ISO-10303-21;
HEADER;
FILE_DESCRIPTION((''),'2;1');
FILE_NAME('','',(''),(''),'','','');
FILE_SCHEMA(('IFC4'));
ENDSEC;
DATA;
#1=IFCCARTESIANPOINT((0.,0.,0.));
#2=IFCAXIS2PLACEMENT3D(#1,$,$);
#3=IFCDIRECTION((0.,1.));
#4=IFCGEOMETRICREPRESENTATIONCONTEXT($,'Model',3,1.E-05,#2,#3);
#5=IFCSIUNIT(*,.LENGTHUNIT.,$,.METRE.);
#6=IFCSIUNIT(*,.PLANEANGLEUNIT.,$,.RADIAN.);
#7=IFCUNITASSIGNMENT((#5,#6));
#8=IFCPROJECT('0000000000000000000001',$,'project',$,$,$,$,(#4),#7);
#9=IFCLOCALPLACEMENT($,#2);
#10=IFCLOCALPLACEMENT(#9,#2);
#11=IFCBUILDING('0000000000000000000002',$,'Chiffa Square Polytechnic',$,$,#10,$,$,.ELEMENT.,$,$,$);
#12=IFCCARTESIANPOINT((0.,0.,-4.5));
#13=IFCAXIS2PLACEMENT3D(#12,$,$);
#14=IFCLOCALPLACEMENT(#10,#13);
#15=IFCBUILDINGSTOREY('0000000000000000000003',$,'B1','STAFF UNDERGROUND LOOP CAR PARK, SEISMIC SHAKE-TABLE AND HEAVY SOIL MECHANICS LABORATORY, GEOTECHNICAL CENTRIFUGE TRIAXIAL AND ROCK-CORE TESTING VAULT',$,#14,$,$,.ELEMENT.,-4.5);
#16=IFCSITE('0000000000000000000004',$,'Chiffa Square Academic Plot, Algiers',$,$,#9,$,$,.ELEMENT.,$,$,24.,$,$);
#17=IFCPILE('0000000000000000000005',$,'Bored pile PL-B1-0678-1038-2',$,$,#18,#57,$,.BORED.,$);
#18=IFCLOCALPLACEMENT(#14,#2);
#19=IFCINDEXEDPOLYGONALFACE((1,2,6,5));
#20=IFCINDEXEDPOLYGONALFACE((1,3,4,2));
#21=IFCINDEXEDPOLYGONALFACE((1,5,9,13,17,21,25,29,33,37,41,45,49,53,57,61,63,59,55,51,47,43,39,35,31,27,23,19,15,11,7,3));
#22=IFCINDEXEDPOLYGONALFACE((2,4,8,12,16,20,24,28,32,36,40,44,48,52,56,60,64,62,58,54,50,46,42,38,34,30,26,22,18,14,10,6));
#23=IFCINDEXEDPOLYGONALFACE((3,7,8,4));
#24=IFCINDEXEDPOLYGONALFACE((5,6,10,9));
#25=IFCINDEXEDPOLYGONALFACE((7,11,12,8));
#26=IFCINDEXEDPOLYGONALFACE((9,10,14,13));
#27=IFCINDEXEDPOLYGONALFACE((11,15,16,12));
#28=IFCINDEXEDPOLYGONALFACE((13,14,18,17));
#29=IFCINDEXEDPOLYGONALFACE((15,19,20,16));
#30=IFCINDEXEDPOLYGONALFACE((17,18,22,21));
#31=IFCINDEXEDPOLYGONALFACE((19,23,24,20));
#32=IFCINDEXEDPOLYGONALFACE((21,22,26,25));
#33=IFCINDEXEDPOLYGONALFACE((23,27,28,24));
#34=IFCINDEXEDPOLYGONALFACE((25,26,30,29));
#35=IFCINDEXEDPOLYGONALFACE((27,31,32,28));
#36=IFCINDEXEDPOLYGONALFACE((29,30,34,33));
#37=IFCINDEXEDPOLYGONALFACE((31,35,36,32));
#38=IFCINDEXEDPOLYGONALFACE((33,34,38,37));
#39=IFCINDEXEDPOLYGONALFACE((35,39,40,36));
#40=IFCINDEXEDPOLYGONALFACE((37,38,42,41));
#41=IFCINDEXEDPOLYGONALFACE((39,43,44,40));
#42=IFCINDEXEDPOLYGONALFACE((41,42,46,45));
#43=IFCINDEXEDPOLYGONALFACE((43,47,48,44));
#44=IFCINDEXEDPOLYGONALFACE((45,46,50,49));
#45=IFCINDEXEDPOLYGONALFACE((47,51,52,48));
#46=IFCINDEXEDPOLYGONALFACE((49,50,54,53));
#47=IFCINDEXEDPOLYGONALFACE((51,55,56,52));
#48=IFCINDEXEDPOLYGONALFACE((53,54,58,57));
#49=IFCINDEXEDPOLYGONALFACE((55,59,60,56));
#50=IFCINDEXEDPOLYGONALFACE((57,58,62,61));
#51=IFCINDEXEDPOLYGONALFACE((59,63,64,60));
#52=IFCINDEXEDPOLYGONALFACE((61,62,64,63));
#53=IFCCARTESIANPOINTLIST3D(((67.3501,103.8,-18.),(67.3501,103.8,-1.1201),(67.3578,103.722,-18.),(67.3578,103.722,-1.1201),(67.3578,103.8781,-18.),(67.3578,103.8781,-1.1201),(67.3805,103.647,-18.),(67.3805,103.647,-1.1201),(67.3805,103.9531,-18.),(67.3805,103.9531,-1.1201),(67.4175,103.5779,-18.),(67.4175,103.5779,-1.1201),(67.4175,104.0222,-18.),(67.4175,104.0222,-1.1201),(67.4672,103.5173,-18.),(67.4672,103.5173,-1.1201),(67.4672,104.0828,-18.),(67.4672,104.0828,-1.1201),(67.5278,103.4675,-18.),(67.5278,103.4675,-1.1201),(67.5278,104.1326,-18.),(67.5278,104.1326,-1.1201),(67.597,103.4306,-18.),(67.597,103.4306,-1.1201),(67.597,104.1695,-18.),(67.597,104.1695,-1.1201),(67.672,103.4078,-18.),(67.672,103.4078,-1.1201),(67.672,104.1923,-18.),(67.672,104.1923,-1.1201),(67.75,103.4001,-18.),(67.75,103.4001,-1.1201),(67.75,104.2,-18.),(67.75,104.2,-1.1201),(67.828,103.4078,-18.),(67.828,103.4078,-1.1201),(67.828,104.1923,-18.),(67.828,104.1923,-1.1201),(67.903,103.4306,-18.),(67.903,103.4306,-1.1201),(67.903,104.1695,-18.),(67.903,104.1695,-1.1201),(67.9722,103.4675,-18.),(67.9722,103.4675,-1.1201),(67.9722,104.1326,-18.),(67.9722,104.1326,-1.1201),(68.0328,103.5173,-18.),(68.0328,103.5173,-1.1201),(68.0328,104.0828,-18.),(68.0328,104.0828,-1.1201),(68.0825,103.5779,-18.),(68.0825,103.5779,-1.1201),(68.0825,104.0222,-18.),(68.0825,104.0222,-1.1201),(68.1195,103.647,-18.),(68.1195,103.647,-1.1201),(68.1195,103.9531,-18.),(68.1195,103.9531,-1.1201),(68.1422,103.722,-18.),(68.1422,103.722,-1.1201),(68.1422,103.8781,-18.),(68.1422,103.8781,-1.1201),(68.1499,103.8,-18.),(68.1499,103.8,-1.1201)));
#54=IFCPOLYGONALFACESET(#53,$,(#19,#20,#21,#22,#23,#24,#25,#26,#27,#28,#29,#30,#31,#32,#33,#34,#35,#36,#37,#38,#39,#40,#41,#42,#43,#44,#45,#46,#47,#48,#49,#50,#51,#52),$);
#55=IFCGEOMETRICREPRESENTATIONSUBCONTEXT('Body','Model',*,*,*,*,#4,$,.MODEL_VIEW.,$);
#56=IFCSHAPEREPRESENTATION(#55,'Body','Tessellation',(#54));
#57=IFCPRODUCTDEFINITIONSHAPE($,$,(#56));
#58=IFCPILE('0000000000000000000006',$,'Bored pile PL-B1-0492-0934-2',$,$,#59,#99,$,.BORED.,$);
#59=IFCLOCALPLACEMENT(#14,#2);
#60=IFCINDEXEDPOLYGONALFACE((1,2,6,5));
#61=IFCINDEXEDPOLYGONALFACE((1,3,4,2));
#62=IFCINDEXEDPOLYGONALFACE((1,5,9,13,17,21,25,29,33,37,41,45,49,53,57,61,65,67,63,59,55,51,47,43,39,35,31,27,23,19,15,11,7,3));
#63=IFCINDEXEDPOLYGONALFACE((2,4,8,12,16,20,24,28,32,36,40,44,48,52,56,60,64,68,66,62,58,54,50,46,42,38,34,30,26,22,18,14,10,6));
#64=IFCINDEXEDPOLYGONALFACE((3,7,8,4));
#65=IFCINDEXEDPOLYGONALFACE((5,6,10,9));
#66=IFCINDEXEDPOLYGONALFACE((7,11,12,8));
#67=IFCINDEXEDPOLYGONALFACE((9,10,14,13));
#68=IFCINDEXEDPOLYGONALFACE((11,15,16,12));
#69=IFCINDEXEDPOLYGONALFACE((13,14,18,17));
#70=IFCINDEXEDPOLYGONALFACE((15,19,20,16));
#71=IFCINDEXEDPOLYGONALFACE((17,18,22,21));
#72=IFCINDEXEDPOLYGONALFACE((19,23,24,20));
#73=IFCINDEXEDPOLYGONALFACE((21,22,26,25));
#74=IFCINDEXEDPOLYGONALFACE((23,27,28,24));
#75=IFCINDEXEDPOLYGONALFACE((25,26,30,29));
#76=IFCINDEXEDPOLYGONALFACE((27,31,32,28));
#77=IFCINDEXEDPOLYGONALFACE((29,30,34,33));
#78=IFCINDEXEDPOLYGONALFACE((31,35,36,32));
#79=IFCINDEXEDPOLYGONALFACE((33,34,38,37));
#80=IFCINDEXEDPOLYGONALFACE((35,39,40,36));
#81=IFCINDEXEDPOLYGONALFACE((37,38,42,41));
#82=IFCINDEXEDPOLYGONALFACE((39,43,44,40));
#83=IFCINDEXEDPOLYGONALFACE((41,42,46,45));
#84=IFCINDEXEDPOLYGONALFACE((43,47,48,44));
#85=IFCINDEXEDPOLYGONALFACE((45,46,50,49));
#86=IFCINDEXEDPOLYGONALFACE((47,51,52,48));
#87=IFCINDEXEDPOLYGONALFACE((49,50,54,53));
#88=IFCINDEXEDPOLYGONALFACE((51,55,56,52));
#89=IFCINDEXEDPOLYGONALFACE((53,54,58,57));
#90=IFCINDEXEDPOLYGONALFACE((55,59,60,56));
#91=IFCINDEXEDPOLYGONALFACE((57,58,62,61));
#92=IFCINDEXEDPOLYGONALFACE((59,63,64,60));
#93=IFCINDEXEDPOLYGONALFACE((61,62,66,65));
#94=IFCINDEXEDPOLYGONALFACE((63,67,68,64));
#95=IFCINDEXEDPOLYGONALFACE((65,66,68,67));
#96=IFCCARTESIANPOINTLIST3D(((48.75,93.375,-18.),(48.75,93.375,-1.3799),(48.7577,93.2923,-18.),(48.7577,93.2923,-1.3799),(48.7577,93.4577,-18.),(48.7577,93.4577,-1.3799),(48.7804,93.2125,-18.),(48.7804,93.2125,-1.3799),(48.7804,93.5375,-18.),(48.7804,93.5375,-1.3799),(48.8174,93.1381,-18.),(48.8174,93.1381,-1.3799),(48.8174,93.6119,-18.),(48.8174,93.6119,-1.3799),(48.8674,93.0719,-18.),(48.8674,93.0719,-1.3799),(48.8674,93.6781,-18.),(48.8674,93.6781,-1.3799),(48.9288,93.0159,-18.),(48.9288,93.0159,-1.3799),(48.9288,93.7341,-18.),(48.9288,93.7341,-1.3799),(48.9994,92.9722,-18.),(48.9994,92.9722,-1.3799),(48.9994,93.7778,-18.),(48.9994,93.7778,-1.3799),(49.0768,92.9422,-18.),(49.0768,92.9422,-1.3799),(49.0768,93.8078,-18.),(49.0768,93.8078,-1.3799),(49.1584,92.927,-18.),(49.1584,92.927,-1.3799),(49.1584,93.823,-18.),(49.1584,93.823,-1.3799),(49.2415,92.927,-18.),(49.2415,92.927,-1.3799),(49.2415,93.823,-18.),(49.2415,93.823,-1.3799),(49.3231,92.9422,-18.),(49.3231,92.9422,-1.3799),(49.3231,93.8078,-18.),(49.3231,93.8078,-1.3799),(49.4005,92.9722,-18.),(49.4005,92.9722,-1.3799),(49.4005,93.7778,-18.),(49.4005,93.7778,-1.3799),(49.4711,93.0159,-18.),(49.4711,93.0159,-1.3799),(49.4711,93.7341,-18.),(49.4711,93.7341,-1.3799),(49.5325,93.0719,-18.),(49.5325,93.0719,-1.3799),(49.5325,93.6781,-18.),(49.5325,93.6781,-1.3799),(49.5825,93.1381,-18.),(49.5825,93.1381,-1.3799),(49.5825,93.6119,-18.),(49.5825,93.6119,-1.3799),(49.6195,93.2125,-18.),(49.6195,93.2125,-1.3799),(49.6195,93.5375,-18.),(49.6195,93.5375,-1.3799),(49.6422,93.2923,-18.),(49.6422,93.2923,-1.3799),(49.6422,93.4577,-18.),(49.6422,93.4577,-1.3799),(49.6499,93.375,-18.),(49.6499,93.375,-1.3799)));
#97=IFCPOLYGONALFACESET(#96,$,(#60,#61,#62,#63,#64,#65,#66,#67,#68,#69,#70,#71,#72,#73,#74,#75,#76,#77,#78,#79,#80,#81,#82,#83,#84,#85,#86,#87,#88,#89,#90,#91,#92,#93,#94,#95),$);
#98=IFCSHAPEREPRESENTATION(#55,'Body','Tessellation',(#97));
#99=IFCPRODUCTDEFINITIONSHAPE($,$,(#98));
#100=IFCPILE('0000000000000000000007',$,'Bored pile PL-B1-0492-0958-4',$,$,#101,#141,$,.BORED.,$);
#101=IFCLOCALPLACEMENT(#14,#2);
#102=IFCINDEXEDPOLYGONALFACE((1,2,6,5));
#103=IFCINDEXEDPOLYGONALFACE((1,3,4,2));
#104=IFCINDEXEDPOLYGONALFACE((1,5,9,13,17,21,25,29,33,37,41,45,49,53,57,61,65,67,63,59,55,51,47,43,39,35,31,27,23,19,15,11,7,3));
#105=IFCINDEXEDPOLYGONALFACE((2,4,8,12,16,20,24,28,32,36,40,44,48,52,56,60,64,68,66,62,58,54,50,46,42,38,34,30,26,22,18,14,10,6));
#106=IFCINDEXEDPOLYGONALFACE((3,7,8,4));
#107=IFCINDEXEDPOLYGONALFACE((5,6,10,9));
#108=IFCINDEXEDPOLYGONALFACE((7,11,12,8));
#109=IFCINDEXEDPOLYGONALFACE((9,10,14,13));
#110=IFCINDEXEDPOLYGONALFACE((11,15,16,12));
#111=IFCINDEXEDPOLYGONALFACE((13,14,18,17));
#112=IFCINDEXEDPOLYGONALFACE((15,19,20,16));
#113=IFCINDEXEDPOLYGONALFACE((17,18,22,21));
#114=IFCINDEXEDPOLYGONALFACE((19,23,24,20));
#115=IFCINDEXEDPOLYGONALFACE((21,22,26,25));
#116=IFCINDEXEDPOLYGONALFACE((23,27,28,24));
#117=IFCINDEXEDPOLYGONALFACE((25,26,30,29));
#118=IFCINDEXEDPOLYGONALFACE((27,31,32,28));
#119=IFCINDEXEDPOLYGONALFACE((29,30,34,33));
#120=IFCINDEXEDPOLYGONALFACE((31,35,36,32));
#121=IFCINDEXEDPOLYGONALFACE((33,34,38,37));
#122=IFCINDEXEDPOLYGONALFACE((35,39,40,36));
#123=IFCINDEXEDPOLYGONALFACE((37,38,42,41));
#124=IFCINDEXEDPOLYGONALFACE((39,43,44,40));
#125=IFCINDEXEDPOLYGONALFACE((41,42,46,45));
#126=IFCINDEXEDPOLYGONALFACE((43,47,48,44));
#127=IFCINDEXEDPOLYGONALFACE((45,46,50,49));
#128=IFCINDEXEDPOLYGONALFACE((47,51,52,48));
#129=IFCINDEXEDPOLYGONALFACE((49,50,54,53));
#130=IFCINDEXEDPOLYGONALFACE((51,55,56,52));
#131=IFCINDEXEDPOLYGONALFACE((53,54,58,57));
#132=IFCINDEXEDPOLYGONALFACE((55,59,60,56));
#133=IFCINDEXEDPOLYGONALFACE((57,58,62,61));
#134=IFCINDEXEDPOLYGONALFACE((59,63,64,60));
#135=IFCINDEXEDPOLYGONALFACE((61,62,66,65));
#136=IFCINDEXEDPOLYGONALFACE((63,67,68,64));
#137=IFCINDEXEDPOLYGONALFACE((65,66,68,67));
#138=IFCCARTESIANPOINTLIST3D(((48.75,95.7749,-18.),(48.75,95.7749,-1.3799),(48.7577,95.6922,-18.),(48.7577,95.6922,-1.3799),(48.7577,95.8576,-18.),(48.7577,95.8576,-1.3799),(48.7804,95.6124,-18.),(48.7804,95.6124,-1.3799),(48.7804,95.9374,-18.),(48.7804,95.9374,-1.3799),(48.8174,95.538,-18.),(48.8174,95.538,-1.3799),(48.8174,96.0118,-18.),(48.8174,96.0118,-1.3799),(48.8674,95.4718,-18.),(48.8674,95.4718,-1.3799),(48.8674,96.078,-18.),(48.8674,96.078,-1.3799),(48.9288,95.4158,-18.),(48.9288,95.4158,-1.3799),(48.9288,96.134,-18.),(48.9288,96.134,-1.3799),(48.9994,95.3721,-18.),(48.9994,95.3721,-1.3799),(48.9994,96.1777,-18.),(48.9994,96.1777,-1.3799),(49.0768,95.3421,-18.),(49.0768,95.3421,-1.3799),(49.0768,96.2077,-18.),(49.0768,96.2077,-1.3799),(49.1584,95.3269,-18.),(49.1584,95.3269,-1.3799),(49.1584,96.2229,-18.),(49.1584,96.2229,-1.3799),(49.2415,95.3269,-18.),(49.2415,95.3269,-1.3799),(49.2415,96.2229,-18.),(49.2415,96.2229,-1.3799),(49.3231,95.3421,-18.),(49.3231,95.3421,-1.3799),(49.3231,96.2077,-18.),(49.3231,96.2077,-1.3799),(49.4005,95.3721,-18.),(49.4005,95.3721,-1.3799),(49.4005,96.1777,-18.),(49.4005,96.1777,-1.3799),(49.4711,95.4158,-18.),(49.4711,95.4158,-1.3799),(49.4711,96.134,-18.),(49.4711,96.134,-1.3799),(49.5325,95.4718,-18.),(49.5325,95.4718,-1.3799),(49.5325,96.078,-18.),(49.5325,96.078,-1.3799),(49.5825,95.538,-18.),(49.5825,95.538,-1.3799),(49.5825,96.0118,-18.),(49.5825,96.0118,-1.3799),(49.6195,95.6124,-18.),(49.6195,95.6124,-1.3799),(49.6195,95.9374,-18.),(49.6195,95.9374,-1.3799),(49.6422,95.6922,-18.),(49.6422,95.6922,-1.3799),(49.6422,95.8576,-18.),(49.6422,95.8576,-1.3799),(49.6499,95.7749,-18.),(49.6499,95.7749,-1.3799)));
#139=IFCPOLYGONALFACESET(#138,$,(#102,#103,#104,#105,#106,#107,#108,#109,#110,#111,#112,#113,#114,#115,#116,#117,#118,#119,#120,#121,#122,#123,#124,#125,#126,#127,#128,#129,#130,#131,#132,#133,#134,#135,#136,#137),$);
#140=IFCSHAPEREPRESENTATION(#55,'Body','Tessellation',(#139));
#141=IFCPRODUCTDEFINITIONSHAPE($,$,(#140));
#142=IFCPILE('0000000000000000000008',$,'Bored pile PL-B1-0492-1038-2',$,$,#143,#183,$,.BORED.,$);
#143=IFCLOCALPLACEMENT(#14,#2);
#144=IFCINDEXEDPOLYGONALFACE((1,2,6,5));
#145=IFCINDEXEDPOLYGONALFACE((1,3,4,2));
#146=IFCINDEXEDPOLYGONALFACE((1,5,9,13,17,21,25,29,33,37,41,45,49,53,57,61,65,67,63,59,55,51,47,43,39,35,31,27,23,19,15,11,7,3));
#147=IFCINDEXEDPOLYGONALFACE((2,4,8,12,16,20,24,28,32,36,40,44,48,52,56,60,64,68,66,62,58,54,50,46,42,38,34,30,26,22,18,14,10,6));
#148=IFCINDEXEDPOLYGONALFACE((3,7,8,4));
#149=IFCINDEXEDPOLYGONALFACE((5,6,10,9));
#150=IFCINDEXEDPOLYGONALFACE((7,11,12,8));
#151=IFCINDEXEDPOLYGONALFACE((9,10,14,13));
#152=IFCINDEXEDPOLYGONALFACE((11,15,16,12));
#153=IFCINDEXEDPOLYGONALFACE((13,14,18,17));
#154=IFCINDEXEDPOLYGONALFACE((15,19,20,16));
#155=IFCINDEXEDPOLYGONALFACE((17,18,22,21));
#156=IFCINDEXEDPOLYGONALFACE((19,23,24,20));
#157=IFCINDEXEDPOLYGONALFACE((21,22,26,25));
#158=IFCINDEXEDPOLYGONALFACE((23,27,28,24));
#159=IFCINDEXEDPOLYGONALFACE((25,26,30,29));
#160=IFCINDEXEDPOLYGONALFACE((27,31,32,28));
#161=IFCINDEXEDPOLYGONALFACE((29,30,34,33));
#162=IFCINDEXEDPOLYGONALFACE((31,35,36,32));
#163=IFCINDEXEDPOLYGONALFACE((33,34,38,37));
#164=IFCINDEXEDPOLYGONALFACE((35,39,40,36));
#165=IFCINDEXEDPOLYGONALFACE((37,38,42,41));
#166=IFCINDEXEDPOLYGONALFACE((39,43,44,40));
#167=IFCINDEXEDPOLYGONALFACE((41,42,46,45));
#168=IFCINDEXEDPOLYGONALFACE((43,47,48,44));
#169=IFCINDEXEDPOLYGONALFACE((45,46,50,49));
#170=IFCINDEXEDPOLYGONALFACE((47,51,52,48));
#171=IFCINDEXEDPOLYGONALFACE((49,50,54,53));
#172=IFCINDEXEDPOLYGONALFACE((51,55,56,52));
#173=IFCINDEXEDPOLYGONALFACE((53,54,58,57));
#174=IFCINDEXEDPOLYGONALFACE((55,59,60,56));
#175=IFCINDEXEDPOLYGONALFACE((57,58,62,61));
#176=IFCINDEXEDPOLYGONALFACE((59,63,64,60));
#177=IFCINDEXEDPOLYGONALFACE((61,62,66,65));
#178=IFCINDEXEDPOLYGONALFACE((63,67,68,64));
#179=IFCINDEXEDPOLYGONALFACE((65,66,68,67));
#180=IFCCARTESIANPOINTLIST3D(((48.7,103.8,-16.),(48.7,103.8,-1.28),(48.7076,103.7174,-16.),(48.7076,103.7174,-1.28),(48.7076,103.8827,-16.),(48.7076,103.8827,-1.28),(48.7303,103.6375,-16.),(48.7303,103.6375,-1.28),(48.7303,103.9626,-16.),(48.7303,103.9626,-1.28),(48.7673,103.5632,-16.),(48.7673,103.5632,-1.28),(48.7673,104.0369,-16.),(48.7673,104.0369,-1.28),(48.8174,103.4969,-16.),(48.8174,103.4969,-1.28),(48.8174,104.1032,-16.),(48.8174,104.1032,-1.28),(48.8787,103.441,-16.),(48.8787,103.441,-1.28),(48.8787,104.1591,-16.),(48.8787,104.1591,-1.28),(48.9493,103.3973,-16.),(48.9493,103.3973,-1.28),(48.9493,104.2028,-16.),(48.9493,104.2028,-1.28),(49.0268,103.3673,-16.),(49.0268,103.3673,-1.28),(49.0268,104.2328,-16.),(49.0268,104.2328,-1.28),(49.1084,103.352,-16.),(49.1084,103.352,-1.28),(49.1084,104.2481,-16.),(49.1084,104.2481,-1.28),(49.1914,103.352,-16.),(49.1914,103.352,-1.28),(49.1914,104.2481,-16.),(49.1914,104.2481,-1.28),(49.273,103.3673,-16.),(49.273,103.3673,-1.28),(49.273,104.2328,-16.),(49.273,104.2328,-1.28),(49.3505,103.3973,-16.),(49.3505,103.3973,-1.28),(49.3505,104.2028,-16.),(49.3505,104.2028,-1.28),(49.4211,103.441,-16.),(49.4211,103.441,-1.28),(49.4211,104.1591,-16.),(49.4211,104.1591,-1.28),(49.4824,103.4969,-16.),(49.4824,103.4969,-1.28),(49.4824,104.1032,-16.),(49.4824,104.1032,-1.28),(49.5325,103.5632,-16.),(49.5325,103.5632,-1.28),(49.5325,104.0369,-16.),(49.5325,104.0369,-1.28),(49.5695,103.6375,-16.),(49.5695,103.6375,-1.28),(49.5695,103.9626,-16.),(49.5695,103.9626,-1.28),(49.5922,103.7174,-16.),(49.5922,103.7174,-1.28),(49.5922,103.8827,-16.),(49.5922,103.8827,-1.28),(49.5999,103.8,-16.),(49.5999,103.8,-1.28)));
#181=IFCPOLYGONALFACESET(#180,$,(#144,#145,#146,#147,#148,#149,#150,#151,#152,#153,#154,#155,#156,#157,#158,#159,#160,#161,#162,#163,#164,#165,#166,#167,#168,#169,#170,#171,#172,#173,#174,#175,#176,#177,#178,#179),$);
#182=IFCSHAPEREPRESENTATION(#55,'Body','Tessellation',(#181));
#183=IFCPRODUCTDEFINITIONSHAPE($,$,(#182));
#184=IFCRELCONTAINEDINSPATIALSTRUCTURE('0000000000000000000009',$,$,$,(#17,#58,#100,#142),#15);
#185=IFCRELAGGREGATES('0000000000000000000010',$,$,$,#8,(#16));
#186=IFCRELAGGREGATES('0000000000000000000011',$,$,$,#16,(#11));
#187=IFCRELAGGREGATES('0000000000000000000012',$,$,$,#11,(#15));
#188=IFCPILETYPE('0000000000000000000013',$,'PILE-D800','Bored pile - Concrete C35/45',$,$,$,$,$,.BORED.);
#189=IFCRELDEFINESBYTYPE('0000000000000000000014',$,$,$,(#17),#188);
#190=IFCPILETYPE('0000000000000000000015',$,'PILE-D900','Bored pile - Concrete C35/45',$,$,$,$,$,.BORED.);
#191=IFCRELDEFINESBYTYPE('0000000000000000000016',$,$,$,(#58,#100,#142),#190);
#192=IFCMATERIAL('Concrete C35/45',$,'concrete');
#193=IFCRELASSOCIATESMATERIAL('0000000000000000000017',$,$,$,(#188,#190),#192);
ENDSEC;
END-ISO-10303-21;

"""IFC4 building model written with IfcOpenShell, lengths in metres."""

from ifc_helpers import new_model, si_unit, direction, frame, origin, origin_2d, place, context, subcontext, project, spatial, circle, extrude, material, material_profile, profile_set, type_object, element, save


model = new_model("IFC4")

# Units and contexts
model_context = context("Model", 3, precision=1e-05, world=origin(), true_north=direction((0.0, 1.0)))
body_context = subcontext(model_context, "Body", "Model", "MODEL_VIEW")
ifc_project = project(units=[si_unit("LENGTHUNIT", "METRE"), si_unit("PLANEANGLEUNIT", "RADIAN")], contexts=[model_context])

# Site, building, storey
site_placement = place(None, origin())
site = spatial("IfcSite", under=ifc_project, at=site_placement, Name="Chiffa Square Academic Plot, Algiers", CompositionType="ELEMENT", RefElevation=24.0)
building_placement = place(site_placement, origin())
building = spatial("IfcBuilding", under=site, at=building_placement, Name="Chiffa Square Polytechnic", CompositionType="ELEMENT")
storey_placement = place(building_placement, frame((0.0, 0.0, -4.5)))
storey = spatial("IfcBuildingStorey", under=building, at=storey_placement, Name="B1", Description="STAFF UNDERGROUND LOOP CAR PARK, SEISMIC SHAKE-TABLE AND HEAVY SOIL MECHANICS LABORATORY, GEOTECHNICAL CENTRIFUGE TRIAXIAL AND ROCK-CORE TESTING VAULT", CompositionType="ELEMENT", Elevation=-4.5)

# Shared definitions
ifc_material_1 = material(Name="Concrete C35/45", Category="concrete")

# Piles
ifc_material_profile_1 = material_profile(ifc_material_1, circle(Radius=0.3999, at=origin_2d()), Name="PILE D800")
ifc_profile_set_1 = profile_set([ifc_material_profile_1], Name="Concrete C35/45")
pile_type_1 = type_object("IfcPileType", Name="PILE-D800", Description="Bored pile - Concrete C35/45", PredefinedType="BORED", material=ifc_profile_set_1)
for number, where, z_axis, x_axis, name in (
    (1, (67.75, 103.8, -1.1201), (0.0, 0.0, -1.0), (1.0, 0.0, 0.0), "Bored pile PL-B1-0678-1038-2"),
):
    element("IfcPile", number, at=place(storey_placement, frame(where, z_axis=z_axis, x_axis=x_axis)), inside=storey, type_object=pile_type_1, Name=name, PredefinedType="BORED", context=body_context, shape_type="SweptSolid", body=[
        extrude(circle(Radius=0.3999, at=origin_2d()), origin(), (0.0, 0.0, 1.0), 16.8799),
    ])
ifc_material_profile_2 = material_profile(ifc_material_1, circle(Radius=0.45, at=origin_2d()), Name="PILE D900")
ifc_profile_set_2 = profile_set([ifc_material_profile_2], Name="Concrete C35/45")
pile_type_2 = type_object("IfcPileType", Name="PILE-D900", Description="Bored pile - Concrete C35/45", PredefinedType="BORED", material=ifc_profile_set_2)
for number, where, z_axis, x_axis, name in (
    (2, (49.2, 93.375, -1.3799), (0.0, 0.0, -1.0), (1.0, 0.0, 0.0), "Bored pile PL-B1-0492-0934-2"),
    (3, (49.2, 95.7749, -1.3799), (0.0, 0.0, -1.0), (1.0, 0.0, 0.0), "Bored pile PL-B1-0492-0958-4"),
):
    element("IfcPile", number, at=place(storey_placement, frame(where, z_axis=z_axis, x_axis=x_axis)), inside=storey, type_object=pile_type_2, Name=name, PredefinedType="BORED", context=body_context, shape_type="SweptSolid", body=[
        extrude(circle(Radius=0.45, at=origin_2d()), origin(), (0.0, 0.0, 1.0), 16.6201),
    ])
pile_placement = place(storey_placement, frame((49.1499, 103.8, -1.28), z_axis=(0.0, 0.0, -1.0), x_axis=(1.0, 0.0, 0.0)))
element("IfcPile", 4, at=pile_placement, inside=storey, type_object=pile_type_2, Name="Bored pile PL-B1-0492-1038-2", PredefinedType="BORED", context=body_context, shape_type="SweptSolid", body=[
    extrude(circle(Radius=0.45, at=origin_2d()), origin(), (0.0, 0.0, 1.0), 14.72),
])

save(model, "model.ifc")
